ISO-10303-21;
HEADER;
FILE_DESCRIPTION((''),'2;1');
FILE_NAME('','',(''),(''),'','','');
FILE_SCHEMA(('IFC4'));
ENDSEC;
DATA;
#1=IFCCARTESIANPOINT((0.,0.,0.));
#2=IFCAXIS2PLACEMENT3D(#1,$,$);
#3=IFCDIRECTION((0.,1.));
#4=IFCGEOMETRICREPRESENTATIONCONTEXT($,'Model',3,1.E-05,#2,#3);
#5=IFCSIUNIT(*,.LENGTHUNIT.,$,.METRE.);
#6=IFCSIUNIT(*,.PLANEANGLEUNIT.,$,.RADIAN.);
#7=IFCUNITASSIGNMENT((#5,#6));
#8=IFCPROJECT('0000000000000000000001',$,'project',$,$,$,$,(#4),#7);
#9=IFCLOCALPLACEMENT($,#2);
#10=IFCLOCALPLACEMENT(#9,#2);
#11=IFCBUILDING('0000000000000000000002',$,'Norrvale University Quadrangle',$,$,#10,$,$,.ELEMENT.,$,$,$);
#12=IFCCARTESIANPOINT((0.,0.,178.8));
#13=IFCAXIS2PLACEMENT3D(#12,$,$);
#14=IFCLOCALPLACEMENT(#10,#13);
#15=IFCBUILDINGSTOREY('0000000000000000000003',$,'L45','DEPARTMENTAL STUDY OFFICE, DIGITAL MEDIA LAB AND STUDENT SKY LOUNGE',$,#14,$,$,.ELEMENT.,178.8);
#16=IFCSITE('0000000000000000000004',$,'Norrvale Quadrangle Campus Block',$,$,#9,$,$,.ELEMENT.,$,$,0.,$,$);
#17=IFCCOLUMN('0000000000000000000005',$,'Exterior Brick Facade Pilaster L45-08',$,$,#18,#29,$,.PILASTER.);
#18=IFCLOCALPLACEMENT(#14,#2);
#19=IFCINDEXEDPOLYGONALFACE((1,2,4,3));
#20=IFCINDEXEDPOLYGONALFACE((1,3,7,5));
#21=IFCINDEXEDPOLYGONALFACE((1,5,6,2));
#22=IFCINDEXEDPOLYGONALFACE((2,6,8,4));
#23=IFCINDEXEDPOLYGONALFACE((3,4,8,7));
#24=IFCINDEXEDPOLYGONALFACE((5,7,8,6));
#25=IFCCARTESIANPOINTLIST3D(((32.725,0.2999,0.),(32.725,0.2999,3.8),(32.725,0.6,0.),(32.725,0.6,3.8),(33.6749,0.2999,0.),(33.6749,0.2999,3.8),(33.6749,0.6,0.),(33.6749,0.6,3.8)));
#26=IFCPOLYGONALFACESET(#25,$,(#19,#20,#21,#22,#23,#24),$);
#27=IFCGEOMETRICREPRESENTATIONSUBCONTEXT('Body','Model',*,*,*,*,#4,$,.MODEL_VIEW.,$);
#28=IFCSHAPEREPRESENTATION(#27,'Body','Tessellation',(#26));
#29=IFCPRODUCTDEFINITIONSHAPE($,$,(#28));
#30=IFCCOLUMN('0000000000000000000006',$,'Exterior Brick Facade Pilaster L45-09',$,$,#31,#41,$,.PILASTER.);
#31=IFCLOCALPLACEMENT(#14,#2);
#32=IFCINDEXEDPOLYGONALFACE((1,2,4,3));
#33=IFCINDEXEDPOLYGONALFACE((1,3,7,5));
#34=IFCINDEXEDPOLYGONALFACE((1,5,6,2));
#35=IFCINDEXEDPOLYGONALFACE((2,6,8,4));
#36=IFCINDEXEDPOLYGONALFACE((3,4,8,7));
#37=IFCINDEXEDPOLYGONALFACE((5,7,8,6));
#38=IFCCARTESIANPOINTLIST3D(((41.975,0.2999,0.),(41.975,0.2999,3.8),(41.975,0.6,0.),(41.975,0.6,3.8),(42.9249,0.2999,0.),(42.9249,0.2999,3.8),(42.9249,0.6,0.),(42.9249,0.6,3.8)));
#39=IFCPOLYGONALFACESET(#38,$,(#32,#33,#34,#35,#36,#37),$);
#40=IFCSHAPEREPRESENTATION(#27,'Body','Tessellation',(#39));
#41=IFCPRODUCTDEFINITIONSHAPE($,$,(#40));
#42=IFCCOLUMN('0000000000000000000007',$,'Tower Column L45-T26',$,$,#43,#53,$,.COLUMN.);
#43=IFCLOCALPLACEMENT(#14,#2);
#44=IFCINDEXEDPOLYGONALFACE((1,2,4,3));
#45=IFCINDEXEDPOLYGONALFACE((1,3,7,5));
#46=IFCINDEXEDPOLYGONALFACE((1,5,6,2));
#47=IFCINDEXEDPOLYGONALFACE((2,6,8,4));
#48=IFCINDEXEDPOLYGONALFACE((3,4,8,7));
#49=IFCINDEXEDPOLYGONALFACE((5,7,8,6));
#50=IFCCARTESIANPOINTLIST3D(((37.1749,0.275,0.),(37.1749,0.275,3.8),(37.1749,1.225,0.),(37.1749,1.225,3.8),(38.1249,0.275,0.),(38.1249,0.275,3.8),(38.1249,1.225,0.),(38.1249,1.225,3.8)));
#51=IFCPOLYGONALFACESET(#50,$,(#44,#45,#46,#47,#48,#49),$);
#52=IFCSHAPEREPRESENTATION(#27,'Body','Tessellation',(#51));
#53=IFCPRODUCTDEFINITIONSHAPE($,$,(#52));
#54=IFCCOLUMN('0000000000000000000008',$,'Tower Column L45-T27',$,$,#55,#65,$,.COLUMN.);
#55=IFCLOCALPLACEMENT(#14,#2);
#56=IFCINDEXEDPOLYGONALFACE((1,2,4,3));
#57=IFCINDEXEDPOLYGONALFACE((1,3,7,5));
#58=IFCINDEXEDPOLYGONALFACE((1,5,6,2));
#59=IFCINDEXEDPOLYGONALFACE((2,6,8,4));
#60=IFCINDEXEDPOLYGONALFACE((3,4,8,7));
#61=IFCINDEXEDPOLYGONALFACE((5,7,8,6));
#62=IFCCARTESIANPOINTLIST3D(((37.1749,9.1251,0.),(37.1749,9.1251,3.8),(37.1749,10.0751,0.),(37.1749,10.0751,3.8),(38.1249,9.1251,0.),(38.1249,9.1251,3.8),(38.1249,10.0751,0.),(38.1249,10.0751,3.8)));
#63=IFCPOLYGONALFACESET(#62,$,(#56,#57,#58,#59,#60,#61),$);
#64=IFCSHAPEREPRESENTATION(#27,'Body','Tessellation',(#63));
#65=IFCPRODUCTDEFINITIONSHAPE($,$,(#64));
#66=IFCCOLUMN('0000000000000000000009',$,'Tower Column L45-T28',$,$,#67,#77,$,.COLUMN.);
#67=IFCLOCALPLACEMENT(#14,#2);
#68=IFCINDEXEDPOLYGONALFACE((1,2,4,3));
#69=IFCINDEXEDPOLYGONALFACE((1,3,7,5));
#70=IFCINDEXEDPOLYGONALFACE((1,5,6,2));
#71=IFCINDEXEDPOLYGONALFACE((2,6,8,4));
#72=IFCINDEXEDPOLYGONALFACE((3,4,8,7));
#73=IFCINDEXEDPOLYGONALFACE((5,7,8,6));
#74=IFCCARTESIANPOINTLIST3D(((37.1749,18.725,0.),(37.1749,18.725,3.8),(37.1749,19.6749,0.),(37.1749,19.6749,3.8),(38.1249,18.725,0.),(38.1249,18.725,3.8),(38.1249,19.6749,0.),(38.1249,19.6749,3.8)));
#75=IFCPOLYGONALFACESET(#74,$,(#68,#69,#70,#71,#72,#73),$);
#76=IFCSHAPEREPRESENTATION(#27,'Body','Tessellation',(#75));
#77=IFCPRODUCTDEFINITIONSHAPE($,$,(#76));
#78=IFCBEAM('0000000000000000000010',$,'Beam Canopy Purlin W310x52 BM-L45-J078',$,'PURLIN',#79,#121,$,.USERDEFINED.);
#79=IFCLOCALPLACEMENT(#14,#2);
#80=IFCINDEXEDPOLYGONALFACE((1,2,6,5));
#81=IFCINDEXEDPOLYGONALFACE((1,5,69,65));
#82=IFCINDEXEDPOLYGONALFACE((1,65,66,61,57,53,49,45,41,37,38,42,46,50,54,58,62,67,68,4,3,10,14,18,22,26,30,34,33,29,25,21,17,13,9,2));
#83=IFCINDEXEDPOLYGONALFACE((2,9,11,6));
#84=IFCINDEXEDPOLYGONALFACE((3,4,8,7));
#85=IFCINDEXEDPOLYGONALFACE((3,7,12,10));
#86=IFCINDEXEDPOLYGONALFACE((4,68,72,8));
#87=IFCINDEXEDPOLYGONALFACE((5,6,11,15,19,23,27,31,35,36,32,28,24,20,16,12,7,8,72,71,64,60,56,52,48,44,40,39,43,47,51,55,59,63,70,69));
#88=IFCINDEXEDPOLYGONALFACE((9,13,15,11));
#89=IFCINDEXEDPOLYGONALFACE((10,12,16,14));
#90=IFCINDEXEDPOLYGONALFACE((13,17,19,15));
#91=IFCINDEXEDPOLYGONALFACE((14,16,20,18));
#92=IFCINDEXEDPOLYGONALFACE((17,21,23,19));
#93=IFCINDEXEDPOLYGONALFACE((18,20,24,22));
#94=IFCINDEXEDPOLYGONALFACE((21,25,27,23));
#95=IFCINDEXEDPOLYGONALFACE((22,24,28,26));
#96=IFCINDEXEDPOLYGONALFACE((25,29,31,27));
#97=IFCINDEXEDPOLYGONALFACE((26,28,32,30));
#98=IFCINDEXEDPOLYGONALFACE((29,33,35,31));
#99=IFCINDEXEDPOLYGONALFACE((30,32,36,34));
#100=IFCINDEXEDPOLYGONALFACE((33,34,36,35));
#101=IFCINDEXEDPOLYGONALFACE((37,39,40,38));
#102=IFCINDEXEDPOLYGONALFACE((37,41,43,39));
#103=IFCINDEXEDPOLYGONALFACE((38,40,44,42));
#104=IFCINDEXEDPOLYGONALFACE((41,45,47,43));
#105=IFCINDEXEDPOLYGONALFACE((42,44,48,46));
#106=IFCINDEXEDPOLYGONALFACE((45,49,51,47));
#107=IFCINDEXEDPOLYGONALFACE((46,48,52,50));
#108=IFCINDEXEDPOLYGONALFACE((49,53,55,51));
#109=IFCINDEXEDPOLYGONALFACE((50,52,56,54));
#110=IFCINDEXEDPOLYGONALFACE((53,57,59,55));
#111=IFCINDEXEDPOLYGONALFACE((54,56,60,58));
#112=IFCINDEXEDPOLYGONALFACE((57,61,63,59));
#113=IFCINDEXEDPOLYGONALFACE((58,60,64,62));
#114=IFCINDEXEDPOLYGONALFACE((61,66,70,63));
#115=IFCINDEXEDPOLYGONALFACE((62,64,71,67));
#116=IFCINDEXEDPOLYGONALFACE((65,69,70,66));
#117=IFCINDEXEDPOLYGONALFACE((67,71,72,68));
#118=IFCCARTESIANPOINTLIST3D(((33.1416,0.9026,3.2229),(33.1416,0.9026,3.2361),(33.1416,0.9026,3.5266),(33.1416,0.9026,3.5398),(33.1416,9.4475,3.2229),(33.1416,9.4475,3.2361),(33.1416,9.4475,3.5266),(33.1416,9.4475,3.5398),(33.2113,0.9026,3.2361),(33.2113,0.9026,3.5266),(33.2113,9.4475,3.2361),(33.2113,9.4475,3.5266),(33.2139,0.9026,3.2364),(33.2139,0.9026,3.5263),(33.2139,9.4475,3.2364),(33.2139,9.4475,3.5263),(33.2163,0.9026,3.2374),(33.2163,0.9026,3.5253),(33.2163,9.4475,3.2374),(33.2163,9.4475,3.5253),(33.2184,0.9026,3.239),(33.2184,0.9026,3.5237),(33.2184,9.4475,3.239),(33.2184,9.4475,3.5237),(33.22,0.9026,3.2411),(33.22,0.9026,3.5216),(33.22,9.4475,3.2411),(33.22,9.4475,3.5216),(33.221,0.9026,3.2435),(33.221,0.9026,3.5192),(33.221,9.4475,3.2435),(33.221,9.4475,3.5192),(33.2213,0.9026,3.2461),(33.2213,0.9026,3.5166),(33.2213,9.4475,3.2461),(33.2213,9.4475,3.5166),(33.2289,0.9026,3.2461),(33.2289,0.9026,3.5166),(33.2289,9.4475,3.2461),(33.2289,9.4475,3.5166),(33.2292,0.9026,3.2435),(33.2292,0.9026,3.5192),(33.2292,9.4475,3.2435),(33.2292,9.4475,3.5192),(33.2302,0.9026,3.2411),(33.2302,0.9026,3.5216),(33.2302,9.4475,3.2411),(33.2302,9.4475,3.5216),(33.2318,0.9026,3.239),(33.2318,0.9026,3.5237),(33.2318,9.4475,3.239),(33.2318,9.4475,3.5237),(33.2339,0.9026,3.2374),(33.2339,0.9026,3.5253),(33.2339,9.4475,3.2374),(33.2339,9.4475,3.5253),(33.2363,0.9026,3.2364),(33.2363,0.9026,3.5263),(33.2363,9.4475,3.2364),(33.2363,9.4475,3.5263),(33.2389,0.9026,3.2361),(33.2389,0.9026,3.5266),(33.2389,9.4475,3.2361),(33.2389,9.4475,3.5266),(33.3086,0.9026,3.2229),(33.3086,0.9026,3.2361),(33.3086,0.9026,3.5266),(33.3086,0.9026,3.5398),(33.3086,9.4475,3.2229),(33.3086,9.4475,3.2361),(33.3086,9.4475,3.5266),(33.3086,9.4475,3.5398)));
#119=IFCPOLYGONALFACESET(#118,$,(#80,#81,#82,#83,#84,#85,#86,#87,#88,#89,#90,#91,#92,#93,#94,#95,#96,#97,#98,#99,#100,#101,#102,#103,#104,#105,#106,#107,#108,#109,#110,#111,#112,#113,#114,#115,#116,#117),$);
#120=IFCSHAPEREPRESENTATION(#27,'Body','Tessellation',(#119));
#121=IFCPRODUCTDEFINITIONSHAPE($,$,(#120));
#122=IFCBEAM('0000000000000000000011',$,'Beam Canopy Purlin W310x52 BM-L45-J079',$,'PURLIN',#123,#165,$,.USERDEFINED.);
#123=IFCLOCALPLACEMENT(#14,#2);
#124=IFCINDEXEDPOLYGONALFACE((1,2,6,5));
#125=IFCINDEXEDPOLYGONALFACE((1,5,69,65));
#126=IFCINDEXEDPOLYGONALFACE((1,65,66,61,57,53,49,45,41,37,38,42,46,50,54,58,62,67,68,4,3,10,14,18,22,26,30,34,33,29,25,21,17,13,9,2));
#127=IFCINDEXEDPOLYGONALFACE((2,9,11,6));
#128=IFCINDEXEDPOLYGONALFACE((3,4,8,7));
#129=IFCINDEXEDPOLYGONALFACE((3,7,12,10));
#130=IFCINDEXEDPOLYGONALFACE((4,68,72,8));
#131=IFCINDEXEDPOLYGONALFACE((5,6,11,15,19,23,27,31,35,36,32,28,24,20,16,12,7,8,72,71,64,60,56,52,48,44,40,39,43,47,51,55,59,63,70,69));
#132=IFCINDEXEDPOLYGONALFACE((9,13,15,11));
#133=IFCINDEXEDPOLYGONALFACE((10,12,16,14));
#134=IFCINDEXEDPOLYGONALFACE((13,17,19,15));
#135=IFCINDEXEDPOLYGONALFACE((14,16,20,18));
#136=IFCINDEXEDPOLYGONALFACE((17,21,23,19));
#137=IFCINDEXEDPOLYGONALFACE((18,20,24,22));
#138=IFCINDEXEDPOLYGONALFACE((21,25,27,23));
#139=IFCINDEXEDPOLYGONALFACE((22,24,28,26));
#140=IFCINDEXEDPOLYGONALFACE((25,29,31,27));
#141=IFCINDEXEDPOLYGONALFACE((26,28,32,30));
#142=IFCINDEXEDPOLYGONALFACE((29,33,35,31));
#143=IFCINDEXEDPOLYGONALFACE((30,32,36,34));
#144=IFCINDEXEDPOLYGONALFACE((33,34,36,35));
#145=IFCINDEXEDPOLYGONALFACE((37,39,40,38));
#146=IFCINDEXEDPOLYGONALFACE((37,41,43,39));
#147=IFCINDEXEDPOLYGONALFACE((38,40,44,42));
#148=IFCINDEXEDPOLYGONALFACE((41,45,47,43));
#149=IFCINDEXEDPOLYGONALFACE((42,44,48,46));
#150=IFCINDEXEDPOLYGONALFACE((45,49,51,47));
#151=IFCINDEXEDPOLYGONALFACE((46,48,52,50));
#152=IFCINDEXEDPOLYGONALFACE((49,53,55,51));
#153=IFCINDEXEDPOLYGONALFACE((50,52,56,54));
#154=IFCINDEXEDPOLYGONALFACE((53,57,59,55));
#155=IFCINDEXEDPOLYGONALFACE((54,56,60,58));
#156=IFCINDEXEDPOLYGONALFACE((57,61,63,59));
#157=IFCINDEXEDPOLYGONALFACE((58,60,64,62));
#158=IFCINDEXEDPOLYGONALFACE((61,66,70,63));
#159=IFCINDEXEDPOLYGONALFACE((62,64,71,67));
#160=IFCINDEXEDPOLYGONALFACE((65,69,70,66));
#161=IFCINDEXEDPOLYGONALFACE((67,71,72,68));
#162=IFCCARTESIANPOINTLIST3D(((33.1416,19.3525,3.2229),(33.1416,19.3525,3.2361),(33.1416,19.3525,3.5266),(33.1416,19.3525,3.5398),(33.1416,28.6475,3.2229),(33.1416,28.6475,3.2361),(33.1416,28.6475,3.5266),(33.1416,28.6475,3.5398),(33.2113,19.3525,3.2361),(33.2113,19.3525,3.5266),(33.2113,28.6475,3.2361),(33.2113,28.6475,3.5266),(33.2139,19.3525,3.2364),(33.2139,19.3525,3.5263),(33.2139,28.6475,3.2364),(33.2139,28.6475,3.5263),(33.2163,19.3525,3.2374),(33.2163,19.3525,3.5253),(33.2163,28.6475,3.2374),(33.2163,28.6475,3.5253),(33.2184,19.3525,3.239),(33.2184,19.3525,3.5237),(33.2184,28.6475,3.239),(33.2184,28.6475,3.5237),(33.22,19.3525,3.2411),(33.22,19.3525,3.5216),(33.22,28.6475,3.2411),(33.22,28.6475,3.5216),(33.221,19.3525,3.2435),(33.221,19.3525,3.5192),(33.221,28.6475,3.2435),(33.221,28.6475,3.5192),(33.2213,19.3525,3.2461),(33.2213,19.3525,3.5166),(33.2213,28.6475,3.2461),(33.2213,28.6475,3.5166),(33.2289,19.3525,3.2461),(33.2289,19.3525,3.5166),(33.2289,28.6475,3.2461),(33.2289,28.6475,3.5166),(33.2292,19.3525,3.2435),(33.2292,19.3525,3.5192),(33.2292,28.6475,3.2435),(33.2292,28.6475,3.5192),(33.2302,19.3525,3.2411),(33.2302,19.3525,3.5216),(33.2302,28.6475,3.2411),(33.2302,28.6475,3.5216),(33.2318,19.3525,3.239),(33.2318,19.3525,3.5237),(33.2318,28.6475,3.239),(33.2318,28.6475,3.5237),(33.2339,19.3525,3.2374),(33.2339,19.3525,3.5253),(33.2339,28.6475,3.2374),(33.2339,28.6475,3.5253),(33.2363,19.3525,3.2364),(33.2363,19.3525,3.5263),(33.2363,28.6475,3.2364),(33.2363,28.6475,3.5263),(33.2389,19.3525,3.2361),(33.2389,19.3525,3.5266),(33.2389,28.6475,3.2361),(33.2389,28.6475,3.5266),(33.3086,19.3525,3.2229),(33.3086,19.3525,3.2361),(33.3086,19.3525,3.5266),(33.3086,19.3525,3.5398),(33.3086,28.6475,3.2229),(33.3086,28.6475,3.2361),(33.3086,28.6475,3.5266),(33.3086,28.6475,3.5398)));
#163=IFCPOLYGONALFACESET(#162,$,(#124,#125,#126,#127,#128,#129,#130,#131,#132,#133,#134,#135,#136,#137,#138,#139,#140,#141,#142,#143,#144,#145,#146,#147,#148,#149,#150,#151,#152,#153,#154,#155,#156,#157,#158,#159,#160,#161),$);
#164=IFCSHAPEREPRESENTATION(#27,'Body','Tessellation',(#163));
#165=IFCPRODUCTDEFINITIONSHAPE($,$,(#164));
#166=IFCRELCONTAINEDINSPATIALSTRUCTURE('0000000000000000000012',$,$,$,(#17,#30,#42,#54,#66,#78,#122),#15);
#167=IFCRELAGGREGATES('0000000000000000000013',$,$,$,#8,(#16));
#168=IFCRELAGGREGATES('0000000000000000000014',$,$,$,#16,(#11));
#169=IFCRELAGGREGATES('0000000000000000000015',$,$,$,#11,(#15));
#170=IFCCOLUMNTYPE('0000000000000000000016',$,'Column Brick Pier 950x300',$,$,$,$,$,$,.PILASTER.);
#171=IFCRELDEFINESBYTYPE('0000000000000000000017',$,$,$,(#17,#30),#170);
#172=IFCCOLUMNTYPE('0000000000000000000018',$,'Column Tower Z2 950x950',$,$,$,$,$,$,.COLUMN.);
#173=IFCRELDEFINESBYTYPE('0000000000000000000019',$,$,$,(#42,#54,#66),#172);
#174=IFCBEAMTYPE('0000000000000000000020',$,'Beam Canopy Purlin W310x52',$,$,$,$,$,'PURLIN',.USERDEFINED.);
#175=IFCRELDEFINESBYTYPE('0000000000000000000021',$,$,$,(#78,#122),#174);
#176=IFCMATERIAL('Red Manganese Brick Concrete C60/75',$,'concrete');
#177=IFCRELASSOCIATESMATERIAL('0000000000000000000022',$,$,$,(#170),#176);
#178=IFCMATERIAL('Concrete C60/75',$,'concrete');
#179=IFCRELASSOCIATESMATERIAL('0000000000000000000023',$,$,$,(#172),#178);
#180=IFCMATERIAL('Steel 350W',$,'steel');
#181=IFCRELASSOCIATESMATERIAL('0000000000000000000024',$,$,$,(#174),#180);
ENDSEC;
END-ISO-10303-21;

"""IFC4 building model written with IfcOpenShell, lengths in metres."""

from ifc_helpers import new_model, si_unit, direction, frame, origin, origin_2d, place, context, subcontext, project, spatial, rectangle, i_section, extrude, material, material_profile, profile_set, type_object, element, save


model = new_model("IFC4")

# Units and contexts
model_context = context("Model", 3, precision=1e-05, world=origin(), true_north=direction((0.0, 1.0)))
body_context = subcontext(model_context, "Body", "Model", "MODEL_VIEW")
ifc_project = project(units=[si_unit("LENGTHUNIT", "METRE"), si_unit("PLANEANGLEUNIT", "RADIAN")], contexts=[model_context])

# Site, building, storey
site_placement = place(None, origin())
site = spatial("IfcSite", under=ifc_project, at=site_placement, Name="Norrvale Quadrangle Campus Block", CompositionType="ELEMENT", RefElevation=0.0)
building_placement = place(site_placement, origin())
building = spatial("IfcBuilding", under=site, at=building_placement, Name="Norrvale University Quadrangle", CompositionType="ELEMENT")
storey_placement = place(building_placement, frame((0.0, 0.0, 178.8)))
storey = spatial("IfcBuildingStorey", under=building, at=storey_placement, Name="L45", Description="DEPARTMENTAL STUDY OFFICE, DIGITAL MEDIA LAB AND STUDENT SKY LOUNGE", CompositionType="ELEMENT", Elevation=178.8)

# Columns
ifc_material_1 = material(Name="Red Manganese Brick Concrete C60/75", Category="concrete")
ifc_material_profile_1 = material_profile(ifc_material_1, rectangle(XDim=0.95, YDim=0.3, at=origin_2d()), Name="Red Manganese Brick Concrete C60/75")
ifc_profile_set_1 = profile_set([ifc_material_profile_1], Name="Red Manganese Brick Concrete C60/75")
column_type_1 = type_object("IfcColumnType", Name="Column Brick Pier 950x300", PredefinedType="PILASTER", material=ifc_profile_set_1)
for number, where, z_axis, x_axis, name in (
    (1, (33.2, 0.45, 0.0), (0.0, 0.0, 1.0), (1.0, 0.0, 0.0), "Exterior Brick Facade Pilaster L45-08"),
    (2, (42.45, 0.45, 0.0), (0.0, 0.0, 1.0), (1.0, 0.0, 0.0), "Exterior Brick Facade Pilaster L45-09"),
):
    element("IfcColumn", number, at=place(storey_placement, frame(where, z_axis=z_axis, x_axis=x_axis)), inside=storey, type_object=column_type_1, Name=name, PredefinedType="PILASTER", context=body_context, shape_type="SweptSolid", body=[
        extrude(rectangle(XDim=0.95, YDim=0.3, at=origin_2d()), origin(), (0.0, 0.0, 1.0), 3.8),
    ])
ifc_material_2 = material(Name="Concrete C60/75", Category="concrete")
ifc_material_profile_2 = material_profile(ifc_material_2, rectangle(XDim=0.95, YDim=0.95, at=origin_2d()), Name="Concrete C60/75")
ifc_profile_set_2 = profile_set([ifc_material_profile_2], Name="Concrete C60/75")
column_type_2 = type_object("IfcColumnType", Name="Column Tower Z2 950x950", PredefinedType="COLUMN", material=ifc_profile_set_2)
for number, where, z_axis, x_axis, name in (
    (3, (37.6499, 0.75, 0.0), (0.0, 0.0, 1.0), (1.0, 0.0, 0.0), "Tower Column L45-T26"),
    (4, (37.6499, 9.6001, 0.0), (0.0, 0.0, 1.0), (1.0, 0.0, 0.0), "Tower Column L45-T27"),
    (5, (37.6499, 19.2, 0.0), (0.0, 0.0, 1.0), (1.0, 0.0, 0.0), "Tower Column L45-T28"),
):
    element("IfcColumn", number, at=place(storey_placement, frame(where, z_axis=z_axis, x_axis=x_axis)), inside=storey, type_object=column_type_2, Name=name, PredefinedType="COLUMN", context=body_context, shape_type="SweptSolid", body=[
        extrude(rectangle(XDim=0.95, YDim=0.95, at=origin_2d()), origin(), (0.0, 0.0, 1.0), 3.8),
    ])

# Beams
ifc_material_3 = material(Name="Steel 350W", Category="steel")
ifc_material_profile_3 = material_profile(ifc_material_3, i_section(OverallWidth=0.167, OverallDepth=0.3169, WebThickness=0.0076, FlangeThickness=0.0132, FilletRadius=0.01, at=origin_2d()), Name="Steel 350W")
ifc_profile_set_3 = profile_set([ifc_material_profile_3], Name="Steel 350W")
beam_type_1 = type_object("IfcBeamType", Name="Beam Canopy Purlin W310x52", ElementType="PURLIN", PredefinedType="USERDEFINED", material=ifc_profile_set_3)
beam_1_placement = place(storey_placement, frame((33.2251, 0.9026, 3.3813), z_axis=(0.0, 1.0, 0.0), x_axis=(-1.0, 0.0, 0.0)))
element("IfcBeam", 6, at=beam_1_placement, inside=storey, type_object=beam_type_1, Name="Beam Canopy Purlin W310x52 BM-L45-J078", ObjectType="PURLIN", PredefinedType="USERDEFINED", context=body_context, shape_type="SweptSolid", body=[
    extrude(i_section(OverallWidth=0.167, OverallDepth=0.3169, WebThickness=0.0076, FlangeThickness=0.0132, FilletRadius=0.01, at=origin_2d()), origin(), (0.0, 0.0, 1.0), 8.5449),
])
beam_2_placement = place(storey_placement, frame((33.2251, 19.3525, 3.3813), z_axis=(0.0, 1.0, 0.0), x_axis=(-1.0, 0.0, 0.0)))
element("IfcBeam", 7, at=beam_2_placement, inside=storey, type_object=beam_type_1, Name="Beam Canopy Purlin W310x52 BM-L45-J079", ObjectType="PURLIN", PredefinedType="USERDEFINED", context=body_context, shape_type="SweptSolid", body=[
    extrude(i_section(OverallWidth=0.167, OverallDepth=0.3169, WebThickness=0.0076, FlangeThickness=0.0132, FilletRadius=0.01, at=origin_2d()), origin(), (0.0, 0.0, 1.0), 9.2949),
])

save(model, "model.ifc")
